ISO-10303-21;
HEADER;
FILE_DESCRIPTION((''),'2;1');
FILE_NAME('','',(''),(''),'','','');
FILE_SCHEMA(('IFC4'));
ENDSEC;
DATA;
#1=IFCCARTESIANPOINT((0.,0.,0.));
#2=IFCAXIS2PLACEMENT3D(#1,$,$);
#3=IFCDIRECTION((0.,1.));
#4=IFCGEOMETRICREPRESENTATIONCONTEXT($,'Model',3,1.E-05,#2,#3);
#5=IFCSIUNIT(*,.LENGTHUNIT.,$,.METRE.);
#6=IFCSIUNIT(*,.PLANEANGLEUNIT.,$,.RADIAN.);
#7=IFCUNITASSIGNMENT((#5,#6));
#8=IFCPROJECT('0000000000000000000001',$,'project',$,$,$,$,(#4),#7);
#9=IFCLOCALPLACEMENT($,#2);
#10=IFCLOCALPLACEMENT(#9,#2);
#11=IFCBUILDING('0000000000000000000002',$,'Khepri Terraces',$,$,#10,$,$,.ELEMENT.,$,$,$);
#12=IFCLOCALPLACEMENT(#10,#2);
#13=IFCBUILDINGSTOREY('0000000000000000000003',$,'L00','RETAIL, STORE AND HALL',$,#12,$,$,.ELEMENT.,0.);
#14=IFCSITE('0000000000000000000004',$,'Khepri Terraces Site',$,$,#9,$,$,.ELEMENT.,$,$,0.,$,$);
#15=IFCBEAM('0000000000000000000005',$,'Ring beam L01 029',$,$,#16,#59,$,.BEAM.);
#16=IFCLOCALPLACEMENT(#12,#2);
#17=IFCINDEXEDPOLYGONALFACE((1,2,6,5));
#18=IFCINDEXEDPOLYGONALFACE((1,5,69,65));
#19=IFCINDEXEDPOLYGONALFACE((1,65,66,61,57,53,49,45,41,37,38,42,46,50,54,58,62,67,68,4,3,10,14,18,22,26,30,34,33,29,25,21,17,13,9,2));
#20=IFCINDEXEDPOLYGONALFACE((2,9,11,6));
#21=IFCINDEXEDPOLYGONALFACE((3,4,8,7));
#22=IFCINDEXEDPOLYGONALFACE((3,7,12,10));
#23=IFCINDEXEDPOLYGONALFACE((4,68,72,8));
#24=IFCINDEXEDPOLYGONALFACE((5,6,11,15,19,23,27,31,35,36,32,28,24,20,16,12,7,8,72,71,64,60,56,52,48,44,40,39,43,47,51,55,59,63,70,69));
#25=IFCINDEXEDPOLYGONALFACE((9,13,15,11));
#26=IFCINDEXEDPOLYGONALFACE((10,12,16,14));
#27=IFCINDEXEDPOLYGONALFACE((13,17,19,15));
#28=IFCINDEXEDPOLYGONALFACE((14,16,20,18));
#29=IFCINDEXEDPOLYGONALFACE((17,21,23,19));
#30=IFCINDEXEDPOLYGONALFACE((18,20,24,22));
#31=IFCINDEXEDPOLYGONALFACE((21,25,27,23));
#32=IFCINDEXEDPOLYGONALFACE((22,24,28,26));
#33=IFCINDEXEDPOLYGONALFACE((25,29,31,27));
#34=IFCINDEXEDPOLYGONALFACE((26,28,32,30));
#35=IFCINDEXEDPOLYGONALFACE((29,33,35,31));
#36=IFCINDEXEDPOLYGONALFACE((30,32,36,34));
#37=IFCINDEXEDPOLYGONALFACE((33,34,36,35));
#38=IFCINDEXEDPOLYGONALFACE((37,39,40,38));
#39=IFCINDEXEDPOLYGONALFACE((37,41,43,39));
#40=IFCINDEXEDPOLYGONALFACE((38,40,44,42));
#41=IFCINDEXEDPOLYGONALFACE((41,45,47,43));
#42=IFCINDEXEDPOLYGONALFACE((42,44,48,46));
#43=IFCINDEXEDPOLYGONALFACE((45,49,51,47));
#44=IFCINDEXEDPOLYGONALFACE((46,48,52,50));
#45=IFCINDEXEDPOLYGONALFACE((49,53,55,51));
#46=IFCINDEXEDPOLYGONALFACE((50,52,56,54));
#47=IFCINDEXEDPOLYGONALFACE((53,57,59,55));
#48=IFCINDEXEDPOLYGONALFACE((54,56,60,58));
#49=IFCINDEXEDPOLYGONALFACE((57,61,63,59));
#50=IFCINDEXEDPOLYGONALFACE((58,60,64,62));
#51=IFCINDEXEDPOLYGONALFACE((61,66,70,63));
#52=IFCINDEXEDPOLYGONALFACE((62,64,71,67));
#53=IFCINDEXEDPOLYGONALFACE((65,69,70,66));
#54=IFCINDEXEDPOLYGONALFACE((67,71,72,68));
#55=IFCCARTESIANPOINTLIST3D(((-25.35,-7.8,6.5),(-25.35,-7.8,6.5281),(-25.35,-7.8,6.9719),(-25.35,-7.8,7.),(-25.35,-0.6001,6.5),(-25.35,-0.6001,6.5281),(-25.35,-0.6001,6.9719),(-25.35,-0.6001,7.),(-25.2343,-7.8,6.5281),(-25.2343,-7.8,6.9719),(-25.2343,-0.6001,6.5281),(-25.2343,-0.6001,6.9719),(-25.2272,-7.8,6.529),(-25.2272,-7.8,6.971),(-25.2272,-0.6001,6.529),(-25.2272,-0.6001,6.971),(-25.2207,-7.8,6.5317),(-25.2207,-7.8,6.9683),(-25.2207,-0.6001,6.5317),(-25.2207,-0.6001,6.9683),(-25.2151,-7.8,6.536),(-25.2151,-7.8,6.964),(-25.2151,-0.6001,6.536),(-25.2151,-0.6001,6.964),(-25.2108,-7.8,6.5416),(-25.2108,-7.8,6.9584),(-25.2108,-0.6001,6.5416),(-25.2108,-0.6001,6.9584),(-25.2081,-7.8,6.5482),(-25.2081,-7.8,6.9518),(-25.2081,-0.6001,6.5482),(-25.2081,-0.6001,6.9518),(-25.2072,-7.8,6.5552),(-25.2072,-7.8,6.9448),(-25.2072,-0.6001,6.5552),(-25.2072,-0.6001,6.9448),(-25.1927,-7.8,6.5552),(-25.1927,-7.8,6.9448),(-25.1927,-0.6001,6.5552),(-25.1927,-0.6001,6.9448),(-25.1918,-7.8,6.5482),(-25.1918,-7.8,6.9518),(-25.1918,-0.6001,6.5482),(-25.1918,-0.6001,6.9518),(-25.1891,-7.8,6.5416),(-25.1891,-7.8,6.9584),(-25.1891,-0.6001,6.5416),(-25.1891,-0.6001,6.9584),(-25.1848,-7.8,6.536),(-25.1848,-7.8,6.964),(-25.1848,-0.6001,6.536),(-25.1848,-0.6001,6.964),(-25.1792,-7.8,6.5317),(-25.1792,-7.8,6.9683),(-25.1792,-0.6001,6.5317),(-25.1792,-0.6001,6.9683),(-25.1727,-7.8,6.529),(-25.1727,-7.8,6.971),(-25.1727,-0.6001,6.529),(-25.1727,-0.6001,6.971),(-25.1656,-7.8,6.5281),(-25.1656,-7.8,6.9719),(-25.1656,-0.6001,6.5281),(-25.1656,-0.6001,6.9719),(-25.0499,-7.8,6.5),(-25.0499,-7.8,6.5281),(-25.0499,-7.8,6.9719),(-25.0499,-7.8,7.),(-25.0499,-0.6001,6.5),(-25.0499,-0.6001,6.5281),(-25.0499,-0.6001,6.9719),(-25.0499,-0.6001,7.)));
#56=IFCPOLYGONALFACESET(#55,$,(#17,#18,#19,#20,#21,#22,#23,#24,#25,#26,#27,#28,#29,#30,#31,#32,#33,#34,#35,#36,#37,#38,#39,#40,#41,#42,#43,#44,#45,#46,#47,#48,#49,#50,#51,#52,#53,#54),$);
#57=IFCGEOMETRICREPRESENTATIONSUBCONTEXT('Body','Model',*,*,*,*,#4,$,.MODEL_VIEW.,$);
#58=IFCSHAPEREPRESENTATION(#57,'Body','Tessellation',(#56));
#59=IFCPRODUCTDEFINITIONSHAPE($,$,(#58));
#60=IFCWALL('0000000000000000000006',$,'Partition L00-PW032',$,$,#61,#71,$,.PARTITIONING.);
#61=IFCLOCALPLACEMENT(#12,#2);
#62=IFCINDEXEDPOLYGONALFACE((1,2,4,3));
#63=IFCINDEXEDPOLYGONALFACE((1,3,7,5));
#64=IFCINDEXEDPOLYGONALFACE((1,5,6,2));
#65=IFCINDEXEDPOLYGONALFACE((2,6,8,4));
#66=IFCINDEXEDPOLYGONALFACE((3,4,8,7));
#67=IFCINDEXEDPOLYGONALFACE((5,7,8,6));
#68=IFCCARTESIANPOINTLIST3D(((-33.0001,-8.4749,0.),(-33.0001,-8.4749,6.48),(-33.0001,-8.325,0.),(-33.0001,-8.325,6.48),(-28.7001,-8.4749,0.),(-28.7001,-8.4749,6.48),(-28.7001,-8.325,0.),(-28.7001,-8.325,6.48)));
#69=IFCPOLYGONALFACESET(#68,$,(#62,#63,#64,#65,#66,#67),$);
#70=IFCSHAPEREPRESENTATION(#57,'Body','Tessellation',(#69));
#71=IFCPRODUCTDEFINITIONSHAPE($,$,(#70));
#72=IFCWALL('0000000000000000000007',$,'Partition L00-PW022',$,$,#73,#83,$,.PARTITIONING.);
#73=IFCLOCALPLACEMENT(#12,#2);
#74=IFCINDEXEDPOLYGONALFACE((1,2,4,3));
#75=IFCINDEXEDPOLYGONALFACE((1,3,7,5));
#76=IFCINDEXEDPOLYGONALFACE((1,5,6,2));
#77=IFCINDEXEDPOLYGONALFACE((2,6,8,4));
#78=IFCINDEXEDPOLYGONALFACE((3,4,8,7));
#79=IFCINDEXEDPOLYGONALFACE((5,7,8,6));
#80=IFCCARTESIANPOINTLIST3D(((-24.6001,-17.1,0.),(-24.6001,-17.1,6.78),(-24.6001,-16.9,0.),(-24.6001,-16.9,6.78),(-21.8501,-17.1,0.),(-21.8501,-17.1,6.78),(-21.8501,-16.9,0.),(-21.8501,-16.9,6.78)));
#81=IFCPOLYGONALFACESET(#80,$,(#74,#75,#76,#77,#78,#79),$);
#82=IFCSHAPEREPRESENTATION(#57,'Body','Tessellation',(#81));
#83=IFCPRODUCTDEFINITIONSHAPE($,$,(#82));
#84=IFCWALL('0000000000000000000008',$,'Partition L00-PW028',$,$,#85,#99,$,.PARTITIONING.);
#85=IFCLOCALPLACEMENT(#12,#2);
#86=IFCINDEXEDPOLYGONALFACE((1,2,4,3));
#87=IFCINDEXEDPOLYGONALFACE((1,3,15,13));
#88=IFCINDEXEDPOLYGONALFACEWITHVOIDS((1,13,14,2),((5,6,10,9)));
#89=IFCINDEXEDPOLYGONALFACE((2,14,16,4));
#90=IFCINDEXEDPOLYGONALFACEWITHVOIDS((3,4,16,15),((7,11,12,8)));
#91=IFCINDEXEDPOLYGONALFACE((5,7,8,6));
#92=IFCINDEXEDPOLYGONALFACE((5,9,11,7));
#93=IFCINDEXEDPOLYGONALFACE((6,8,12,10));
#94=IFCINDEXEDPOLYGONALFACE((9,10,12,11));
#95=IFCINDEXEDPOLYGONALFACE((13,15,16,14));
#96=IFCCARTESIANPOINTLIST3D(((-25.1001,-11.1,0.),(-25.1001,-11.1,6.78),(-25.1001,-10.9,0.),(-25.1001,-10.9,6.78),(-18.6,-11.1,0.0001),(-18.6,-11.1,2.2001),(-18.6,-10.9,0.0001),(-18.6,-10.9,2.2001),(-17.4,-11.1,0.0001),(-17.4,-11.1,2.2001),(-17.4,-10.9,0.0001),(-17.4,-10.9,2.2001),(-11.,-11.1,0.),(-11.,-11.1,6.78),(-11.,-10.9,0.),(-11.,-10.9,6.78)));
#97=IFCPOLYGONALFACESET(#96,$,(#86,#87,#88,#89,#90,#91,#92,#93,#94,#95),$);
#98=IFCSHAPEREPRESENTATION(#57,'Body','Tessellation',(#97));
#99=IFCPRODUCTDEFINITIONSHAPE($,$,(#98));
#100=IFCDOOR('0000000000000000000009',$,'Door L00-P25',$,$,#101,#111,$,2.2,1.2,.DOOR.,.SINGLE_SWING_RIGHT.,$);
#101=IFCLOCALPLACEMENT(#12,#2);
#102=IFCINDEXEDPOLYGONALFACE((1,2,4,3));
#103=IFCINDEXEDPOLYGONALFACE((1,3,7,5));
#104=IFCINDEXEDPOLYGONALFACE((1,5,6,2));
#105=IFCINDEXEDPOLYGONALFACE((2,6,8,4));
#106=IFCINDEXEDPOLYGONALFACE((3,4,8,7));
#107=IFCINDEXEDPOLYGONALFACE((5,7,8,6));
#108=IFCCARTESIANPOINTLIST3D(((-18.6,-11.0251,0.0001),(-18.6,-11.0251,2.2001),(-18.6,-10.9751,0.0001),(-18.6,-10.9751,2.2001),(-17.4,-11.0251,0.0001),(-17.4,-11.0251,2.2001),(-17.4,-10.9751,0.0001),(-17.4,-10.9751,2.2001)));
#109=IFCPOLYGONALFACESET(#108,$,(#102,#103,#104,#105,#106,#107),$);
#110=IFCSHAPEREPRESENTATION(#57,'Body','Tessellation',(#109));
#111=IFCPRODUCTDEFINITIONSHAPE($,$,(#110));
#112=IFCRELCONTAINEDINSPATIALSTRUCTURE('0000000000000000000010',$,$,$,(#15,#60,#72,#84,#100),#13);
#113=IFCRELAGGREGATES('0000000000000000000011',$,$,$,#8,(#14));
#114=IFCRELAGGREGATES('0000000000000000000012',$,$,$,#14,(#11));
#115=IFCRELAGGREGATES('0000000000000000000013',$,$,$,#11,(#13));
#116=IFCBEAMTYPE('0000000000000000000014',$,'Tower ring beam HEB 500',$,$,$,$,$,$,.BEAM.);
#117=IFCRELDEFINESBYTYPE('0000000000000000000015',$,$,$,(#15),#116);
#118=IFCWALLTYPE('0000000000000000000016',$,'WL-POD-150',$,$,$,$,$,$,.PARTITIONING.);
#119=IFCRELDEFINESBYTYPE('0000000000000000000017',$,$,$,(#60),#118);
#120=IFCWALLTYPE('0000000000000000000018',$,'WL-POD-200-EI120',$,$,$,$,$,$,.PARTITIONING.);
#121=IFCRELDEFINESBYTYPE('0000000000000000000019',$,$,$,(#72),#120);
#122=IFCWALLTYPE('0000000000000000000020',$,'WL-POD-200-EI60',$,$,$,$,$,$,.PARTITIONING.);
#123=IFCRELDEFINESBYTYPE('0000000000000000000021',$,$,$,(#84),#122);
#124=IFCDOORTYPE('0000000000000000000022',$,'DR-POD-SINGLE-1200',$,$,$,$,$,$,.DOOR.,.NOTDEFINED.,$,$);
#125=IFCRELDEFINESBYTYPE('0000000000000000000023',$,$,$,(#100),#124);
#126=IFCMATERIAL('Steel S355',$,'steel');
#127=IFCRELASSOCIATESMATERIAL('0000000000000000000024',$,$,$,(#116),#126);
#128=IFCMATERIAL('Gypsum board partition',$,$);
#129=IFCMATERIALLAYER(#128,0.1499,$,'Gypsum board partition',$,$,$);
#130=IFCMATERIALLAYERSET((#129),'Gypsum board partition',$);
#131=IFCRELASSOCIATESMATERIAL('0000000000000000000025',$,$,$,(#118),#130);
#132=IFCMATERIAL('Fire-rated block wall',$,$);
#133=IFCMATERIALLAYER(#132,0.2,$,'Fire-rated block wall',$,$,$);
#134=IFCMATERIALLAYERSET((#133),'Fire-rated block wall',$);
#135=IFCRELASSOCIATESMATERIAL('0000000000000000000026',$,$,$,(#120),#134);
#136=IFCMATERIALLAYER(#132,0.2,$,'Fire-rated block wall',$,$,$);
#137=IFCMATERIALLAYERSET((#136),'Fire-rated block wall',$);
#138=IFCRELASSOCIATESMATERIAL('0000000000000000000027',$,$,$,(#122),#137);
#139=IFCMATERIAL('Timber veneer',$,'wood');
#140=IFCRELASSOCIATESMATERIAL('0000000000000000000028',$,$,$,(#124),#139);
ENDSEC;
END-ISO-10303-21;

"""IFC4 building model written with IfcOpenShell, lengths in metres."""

from ifc_helpers import new_model, si_unit, direction, frame, frame_2d, origin, origin_2d, place, context, subcontext, project, spatial, rectangle, i_section, extrude, material, layer, layer_set, material_profile, profile_set, type_object, element, fill, save


model = new_model("IFC4")

# Units and contexts
model_context = context("Model", 3, precision=1e-05, world=origin(), true_north=direction((0.0, 1.0)))
body_context = subcontext(model_context, "Body", "Model", "MODEL_VIEW")
ifc_project = project(units=[si_unit("LENGTHUNIT", "METRE"), si_unit("PLANEANGLEUNIT", "RADIAN")], contexts=[model_context])

# Site, building, storey
site_placement = place(None, origin())
site = spatial("IfcSite", under=ifc_project, at=site_placement, Name="Khepri Terraces Site", CompositionType="ELEMENT", RefElevation=0.0)
building_placement = place(site_placement, origin())
building = spatial("IfcBuilding", under=site, at=building_placement, Name="Khepri Terraces", CompositionType="ELEMENT")
storey_placement = place(building_placement, origin())
storey = spatial("IfcBuildingStorey", under=building, at=storey_placement, Name="L00", Description="RETAIL, STORE AND HALL", CompositionType="ELEMENT", Elevation=0.0)

# Beam
ifc_material_1 = material(Name="Steel S355", Category="steel")
ifc_material_profile_1 = material_profile(ifc_material_1, i_section(OverallWidth=0.3, OverallDepth=0.5, WebThickness=0.0144, FlangeThickness=0.0281, FilletRadius=0.0271, at=origin_2d()), Name="Steel S355", Category="steel")
ifc_profile_set_1 = profile_set([ifc_material_profile_1], Name="Steel S355")
beam_type_1 = type_object("IfcBeamType", Name="Tower ring beam HEB 500", PredefinedType="BEAM", material=ifc_profile_set_1)
for number, where, z_axis, x_axis, name in (
    (1, (-25.2, -7.8, 6.75), (0.0, 1.0, 0.0), (-1.0, 0.0, 0.0), "Ring beam L01 029"),
):
    element("IfcBeam", number, at=place(storey_placement, frame(where, z_axis=z_axis, x_axis=x_axis)), inside=storey, type_object=beam_type_1, Name=name, PredefinedType="BEAM", context=body_context, shape_type="SweptSolid", body=[
        extrude(i_section(OverallWidth=0.3, OverallDepth=0.5, WebThickness=0.0144, FlangeThickness=0.0281, FilletRadius=0.0271, at=origin_2d()), origin(), (0.0, 0.0, 1.0), 7.2),
    ])

# Walls
ifc_material_2 = material(Name="Gypsum board partition")
ifc_layer_1 = layer(ifc_material_2, 0.1499, Name="Gypsum board partition")
ifc_layer_set_1 = layer_set([ifc_layer_1], Name="Gypsum board partition")
wall_type_1 = type_object("IfcWallType", Name="WL-POD-150", PredefinedType="PARTITIONING", material=ifc_layer_set_1)
wall_1_placement = place(storey_placement, frame((-33.0, -8.3999, 0.0), z_axis=(0.0, 0.0, 1.0), x_axis=(1.0, 0.0, 0.0)))
element("IfcWall", 2, at=wall_1_placement, inside=storey, type_object=wall_type_1, Name="Partition L00-PW032", PredefinedType="PARTITIONING", context=body_context, shape_type="SweptSolid", body=[
    extrude(rectangle(XDim=4.3, YDim=0.1499, at=frame_2d((2.1499, 0.0))), origin(), (0.0, 0.0, 1.0), 6.48),
])
ifc_material_3 = material(Name="Fire-rated block wall")
ifc_layer_2 = layer(ifc_material_3, 0.2, Name="Fire-rated block wall")
ifc_layer_set_2 = layer_set([ifc_layer_2], Name="Fire-rated block wall")
wall_type_2 = type_object("IfcWallType", Name="WL-POD-200-EI120", PredefinedType="PARTITIONING", material=ifc_layer_set_2)
wall_2_placement = place(storey_placement, frame((-24.6001, -17.0, 0.0), z_axis=(0.0, 0.0, 1.0), x_axis=(1.0, 0.0, 0.0)))
element("IfcWall", 3, at=wall_2_placement, inside=storey, type_object=wall_type_2, Name="Partition L00-PW022", PredefinedType="PARTITIONING", context=body_context, shape_type="SweptSolid", body=[
    extrude(rectangle(XDim=2.75, YDim=0.2, at=frame_2d((1.375, 0.0))), origin(), (0.0, 0.0, 1.0), 6.78),
])

# Wall, opening, door
ifc_layer_3 = layer(ifc_material_3, 0.2, Name="Fire-rated block wall")
ifc_layer_set_3 = layer_set([ifc_layer_3], Name="Fire-rated block wall")
wall_type_3 = type_object("IfcWallType", Name="WL-POD-200-EI60", PredefinedType="PARTITIONING", material=ifc_layer_set_3)
wall_3_placement = place(storey_placement, frame((-25.1001, -11.0, 0.0), z_axis=(0.0, 0.0, 1.0), x_axis=(1.0, 0.0, 0.0)))
wall_3 = element("IfcWall", 4, at=wall_3_placement, inside=storey, type_object=wall_type_3, Name="Partition L00-PW028", PredefinedType="PARTITIONING", context=body_context, shape_type="SweptSolid", body=[
    extrude(rectangle(XDim=14.1001, YDim=0.2, at=frame_2d((7.05, 0.0))), origin(), (0.0, 0.0, 1.0), 6.78),
])
opening_1_placement = place(wall_3_placement, frame((6.5, 0.0, 0.0)))
opening_1 = element("IfcOpeningElement", 5, at=opening_1_placement, cuts=wall_3, PredefinedType="OPENING", context=body_context, shape_type="SweptSolid", body=[
    extrude(rectangle(XDim=1.2, YDim=2.2, at=frame_2d((0.6001, 1.1001))), frame((0.0, 0.1099, 0.0), z_axis=(0.0, -1.0, 0.0), x_axis=(1.0, 0.0, 0.0)), (0.0, 0.0, 1.0), 0.22),
])
ifc_material_4 = material(Name="Timber veneer", Category="wood")
door_type_1 = type_object("IfcDoorType", Name="DR-POD-SINGLE-1200", OperationType="NOTDEFINED", PredefinedType="DOOR", material=ifc_material_4)
door_1_placement = place(opening_1_placement, origin())
door_1 = element("IfcDoor", 6, at=door_1_placement, inside=storey, type_object=door_type_1, Name="Door L00-P25", OperationType="SINGLE_SWING_RIGHT", OverallHeight=2.2, OverallWidth=1.2, PredefinedType="DOOR", context=body_context, shape_type="SweptSolid", body=[
    extrude(rectangle(XDim=1.2, YDim=2.2, at=frame_2d((0.6001, 1.1001))), frame((0.0, 0.0249, 0.0), z_axis=(0.0, -1.0, 0.0), x_axis=(1.0, 0.0, 0.0)), (0.0, 0.0, 1.0), 0.05),
])
fill(opening_1, door_1)

save(model, "model.ifc")
